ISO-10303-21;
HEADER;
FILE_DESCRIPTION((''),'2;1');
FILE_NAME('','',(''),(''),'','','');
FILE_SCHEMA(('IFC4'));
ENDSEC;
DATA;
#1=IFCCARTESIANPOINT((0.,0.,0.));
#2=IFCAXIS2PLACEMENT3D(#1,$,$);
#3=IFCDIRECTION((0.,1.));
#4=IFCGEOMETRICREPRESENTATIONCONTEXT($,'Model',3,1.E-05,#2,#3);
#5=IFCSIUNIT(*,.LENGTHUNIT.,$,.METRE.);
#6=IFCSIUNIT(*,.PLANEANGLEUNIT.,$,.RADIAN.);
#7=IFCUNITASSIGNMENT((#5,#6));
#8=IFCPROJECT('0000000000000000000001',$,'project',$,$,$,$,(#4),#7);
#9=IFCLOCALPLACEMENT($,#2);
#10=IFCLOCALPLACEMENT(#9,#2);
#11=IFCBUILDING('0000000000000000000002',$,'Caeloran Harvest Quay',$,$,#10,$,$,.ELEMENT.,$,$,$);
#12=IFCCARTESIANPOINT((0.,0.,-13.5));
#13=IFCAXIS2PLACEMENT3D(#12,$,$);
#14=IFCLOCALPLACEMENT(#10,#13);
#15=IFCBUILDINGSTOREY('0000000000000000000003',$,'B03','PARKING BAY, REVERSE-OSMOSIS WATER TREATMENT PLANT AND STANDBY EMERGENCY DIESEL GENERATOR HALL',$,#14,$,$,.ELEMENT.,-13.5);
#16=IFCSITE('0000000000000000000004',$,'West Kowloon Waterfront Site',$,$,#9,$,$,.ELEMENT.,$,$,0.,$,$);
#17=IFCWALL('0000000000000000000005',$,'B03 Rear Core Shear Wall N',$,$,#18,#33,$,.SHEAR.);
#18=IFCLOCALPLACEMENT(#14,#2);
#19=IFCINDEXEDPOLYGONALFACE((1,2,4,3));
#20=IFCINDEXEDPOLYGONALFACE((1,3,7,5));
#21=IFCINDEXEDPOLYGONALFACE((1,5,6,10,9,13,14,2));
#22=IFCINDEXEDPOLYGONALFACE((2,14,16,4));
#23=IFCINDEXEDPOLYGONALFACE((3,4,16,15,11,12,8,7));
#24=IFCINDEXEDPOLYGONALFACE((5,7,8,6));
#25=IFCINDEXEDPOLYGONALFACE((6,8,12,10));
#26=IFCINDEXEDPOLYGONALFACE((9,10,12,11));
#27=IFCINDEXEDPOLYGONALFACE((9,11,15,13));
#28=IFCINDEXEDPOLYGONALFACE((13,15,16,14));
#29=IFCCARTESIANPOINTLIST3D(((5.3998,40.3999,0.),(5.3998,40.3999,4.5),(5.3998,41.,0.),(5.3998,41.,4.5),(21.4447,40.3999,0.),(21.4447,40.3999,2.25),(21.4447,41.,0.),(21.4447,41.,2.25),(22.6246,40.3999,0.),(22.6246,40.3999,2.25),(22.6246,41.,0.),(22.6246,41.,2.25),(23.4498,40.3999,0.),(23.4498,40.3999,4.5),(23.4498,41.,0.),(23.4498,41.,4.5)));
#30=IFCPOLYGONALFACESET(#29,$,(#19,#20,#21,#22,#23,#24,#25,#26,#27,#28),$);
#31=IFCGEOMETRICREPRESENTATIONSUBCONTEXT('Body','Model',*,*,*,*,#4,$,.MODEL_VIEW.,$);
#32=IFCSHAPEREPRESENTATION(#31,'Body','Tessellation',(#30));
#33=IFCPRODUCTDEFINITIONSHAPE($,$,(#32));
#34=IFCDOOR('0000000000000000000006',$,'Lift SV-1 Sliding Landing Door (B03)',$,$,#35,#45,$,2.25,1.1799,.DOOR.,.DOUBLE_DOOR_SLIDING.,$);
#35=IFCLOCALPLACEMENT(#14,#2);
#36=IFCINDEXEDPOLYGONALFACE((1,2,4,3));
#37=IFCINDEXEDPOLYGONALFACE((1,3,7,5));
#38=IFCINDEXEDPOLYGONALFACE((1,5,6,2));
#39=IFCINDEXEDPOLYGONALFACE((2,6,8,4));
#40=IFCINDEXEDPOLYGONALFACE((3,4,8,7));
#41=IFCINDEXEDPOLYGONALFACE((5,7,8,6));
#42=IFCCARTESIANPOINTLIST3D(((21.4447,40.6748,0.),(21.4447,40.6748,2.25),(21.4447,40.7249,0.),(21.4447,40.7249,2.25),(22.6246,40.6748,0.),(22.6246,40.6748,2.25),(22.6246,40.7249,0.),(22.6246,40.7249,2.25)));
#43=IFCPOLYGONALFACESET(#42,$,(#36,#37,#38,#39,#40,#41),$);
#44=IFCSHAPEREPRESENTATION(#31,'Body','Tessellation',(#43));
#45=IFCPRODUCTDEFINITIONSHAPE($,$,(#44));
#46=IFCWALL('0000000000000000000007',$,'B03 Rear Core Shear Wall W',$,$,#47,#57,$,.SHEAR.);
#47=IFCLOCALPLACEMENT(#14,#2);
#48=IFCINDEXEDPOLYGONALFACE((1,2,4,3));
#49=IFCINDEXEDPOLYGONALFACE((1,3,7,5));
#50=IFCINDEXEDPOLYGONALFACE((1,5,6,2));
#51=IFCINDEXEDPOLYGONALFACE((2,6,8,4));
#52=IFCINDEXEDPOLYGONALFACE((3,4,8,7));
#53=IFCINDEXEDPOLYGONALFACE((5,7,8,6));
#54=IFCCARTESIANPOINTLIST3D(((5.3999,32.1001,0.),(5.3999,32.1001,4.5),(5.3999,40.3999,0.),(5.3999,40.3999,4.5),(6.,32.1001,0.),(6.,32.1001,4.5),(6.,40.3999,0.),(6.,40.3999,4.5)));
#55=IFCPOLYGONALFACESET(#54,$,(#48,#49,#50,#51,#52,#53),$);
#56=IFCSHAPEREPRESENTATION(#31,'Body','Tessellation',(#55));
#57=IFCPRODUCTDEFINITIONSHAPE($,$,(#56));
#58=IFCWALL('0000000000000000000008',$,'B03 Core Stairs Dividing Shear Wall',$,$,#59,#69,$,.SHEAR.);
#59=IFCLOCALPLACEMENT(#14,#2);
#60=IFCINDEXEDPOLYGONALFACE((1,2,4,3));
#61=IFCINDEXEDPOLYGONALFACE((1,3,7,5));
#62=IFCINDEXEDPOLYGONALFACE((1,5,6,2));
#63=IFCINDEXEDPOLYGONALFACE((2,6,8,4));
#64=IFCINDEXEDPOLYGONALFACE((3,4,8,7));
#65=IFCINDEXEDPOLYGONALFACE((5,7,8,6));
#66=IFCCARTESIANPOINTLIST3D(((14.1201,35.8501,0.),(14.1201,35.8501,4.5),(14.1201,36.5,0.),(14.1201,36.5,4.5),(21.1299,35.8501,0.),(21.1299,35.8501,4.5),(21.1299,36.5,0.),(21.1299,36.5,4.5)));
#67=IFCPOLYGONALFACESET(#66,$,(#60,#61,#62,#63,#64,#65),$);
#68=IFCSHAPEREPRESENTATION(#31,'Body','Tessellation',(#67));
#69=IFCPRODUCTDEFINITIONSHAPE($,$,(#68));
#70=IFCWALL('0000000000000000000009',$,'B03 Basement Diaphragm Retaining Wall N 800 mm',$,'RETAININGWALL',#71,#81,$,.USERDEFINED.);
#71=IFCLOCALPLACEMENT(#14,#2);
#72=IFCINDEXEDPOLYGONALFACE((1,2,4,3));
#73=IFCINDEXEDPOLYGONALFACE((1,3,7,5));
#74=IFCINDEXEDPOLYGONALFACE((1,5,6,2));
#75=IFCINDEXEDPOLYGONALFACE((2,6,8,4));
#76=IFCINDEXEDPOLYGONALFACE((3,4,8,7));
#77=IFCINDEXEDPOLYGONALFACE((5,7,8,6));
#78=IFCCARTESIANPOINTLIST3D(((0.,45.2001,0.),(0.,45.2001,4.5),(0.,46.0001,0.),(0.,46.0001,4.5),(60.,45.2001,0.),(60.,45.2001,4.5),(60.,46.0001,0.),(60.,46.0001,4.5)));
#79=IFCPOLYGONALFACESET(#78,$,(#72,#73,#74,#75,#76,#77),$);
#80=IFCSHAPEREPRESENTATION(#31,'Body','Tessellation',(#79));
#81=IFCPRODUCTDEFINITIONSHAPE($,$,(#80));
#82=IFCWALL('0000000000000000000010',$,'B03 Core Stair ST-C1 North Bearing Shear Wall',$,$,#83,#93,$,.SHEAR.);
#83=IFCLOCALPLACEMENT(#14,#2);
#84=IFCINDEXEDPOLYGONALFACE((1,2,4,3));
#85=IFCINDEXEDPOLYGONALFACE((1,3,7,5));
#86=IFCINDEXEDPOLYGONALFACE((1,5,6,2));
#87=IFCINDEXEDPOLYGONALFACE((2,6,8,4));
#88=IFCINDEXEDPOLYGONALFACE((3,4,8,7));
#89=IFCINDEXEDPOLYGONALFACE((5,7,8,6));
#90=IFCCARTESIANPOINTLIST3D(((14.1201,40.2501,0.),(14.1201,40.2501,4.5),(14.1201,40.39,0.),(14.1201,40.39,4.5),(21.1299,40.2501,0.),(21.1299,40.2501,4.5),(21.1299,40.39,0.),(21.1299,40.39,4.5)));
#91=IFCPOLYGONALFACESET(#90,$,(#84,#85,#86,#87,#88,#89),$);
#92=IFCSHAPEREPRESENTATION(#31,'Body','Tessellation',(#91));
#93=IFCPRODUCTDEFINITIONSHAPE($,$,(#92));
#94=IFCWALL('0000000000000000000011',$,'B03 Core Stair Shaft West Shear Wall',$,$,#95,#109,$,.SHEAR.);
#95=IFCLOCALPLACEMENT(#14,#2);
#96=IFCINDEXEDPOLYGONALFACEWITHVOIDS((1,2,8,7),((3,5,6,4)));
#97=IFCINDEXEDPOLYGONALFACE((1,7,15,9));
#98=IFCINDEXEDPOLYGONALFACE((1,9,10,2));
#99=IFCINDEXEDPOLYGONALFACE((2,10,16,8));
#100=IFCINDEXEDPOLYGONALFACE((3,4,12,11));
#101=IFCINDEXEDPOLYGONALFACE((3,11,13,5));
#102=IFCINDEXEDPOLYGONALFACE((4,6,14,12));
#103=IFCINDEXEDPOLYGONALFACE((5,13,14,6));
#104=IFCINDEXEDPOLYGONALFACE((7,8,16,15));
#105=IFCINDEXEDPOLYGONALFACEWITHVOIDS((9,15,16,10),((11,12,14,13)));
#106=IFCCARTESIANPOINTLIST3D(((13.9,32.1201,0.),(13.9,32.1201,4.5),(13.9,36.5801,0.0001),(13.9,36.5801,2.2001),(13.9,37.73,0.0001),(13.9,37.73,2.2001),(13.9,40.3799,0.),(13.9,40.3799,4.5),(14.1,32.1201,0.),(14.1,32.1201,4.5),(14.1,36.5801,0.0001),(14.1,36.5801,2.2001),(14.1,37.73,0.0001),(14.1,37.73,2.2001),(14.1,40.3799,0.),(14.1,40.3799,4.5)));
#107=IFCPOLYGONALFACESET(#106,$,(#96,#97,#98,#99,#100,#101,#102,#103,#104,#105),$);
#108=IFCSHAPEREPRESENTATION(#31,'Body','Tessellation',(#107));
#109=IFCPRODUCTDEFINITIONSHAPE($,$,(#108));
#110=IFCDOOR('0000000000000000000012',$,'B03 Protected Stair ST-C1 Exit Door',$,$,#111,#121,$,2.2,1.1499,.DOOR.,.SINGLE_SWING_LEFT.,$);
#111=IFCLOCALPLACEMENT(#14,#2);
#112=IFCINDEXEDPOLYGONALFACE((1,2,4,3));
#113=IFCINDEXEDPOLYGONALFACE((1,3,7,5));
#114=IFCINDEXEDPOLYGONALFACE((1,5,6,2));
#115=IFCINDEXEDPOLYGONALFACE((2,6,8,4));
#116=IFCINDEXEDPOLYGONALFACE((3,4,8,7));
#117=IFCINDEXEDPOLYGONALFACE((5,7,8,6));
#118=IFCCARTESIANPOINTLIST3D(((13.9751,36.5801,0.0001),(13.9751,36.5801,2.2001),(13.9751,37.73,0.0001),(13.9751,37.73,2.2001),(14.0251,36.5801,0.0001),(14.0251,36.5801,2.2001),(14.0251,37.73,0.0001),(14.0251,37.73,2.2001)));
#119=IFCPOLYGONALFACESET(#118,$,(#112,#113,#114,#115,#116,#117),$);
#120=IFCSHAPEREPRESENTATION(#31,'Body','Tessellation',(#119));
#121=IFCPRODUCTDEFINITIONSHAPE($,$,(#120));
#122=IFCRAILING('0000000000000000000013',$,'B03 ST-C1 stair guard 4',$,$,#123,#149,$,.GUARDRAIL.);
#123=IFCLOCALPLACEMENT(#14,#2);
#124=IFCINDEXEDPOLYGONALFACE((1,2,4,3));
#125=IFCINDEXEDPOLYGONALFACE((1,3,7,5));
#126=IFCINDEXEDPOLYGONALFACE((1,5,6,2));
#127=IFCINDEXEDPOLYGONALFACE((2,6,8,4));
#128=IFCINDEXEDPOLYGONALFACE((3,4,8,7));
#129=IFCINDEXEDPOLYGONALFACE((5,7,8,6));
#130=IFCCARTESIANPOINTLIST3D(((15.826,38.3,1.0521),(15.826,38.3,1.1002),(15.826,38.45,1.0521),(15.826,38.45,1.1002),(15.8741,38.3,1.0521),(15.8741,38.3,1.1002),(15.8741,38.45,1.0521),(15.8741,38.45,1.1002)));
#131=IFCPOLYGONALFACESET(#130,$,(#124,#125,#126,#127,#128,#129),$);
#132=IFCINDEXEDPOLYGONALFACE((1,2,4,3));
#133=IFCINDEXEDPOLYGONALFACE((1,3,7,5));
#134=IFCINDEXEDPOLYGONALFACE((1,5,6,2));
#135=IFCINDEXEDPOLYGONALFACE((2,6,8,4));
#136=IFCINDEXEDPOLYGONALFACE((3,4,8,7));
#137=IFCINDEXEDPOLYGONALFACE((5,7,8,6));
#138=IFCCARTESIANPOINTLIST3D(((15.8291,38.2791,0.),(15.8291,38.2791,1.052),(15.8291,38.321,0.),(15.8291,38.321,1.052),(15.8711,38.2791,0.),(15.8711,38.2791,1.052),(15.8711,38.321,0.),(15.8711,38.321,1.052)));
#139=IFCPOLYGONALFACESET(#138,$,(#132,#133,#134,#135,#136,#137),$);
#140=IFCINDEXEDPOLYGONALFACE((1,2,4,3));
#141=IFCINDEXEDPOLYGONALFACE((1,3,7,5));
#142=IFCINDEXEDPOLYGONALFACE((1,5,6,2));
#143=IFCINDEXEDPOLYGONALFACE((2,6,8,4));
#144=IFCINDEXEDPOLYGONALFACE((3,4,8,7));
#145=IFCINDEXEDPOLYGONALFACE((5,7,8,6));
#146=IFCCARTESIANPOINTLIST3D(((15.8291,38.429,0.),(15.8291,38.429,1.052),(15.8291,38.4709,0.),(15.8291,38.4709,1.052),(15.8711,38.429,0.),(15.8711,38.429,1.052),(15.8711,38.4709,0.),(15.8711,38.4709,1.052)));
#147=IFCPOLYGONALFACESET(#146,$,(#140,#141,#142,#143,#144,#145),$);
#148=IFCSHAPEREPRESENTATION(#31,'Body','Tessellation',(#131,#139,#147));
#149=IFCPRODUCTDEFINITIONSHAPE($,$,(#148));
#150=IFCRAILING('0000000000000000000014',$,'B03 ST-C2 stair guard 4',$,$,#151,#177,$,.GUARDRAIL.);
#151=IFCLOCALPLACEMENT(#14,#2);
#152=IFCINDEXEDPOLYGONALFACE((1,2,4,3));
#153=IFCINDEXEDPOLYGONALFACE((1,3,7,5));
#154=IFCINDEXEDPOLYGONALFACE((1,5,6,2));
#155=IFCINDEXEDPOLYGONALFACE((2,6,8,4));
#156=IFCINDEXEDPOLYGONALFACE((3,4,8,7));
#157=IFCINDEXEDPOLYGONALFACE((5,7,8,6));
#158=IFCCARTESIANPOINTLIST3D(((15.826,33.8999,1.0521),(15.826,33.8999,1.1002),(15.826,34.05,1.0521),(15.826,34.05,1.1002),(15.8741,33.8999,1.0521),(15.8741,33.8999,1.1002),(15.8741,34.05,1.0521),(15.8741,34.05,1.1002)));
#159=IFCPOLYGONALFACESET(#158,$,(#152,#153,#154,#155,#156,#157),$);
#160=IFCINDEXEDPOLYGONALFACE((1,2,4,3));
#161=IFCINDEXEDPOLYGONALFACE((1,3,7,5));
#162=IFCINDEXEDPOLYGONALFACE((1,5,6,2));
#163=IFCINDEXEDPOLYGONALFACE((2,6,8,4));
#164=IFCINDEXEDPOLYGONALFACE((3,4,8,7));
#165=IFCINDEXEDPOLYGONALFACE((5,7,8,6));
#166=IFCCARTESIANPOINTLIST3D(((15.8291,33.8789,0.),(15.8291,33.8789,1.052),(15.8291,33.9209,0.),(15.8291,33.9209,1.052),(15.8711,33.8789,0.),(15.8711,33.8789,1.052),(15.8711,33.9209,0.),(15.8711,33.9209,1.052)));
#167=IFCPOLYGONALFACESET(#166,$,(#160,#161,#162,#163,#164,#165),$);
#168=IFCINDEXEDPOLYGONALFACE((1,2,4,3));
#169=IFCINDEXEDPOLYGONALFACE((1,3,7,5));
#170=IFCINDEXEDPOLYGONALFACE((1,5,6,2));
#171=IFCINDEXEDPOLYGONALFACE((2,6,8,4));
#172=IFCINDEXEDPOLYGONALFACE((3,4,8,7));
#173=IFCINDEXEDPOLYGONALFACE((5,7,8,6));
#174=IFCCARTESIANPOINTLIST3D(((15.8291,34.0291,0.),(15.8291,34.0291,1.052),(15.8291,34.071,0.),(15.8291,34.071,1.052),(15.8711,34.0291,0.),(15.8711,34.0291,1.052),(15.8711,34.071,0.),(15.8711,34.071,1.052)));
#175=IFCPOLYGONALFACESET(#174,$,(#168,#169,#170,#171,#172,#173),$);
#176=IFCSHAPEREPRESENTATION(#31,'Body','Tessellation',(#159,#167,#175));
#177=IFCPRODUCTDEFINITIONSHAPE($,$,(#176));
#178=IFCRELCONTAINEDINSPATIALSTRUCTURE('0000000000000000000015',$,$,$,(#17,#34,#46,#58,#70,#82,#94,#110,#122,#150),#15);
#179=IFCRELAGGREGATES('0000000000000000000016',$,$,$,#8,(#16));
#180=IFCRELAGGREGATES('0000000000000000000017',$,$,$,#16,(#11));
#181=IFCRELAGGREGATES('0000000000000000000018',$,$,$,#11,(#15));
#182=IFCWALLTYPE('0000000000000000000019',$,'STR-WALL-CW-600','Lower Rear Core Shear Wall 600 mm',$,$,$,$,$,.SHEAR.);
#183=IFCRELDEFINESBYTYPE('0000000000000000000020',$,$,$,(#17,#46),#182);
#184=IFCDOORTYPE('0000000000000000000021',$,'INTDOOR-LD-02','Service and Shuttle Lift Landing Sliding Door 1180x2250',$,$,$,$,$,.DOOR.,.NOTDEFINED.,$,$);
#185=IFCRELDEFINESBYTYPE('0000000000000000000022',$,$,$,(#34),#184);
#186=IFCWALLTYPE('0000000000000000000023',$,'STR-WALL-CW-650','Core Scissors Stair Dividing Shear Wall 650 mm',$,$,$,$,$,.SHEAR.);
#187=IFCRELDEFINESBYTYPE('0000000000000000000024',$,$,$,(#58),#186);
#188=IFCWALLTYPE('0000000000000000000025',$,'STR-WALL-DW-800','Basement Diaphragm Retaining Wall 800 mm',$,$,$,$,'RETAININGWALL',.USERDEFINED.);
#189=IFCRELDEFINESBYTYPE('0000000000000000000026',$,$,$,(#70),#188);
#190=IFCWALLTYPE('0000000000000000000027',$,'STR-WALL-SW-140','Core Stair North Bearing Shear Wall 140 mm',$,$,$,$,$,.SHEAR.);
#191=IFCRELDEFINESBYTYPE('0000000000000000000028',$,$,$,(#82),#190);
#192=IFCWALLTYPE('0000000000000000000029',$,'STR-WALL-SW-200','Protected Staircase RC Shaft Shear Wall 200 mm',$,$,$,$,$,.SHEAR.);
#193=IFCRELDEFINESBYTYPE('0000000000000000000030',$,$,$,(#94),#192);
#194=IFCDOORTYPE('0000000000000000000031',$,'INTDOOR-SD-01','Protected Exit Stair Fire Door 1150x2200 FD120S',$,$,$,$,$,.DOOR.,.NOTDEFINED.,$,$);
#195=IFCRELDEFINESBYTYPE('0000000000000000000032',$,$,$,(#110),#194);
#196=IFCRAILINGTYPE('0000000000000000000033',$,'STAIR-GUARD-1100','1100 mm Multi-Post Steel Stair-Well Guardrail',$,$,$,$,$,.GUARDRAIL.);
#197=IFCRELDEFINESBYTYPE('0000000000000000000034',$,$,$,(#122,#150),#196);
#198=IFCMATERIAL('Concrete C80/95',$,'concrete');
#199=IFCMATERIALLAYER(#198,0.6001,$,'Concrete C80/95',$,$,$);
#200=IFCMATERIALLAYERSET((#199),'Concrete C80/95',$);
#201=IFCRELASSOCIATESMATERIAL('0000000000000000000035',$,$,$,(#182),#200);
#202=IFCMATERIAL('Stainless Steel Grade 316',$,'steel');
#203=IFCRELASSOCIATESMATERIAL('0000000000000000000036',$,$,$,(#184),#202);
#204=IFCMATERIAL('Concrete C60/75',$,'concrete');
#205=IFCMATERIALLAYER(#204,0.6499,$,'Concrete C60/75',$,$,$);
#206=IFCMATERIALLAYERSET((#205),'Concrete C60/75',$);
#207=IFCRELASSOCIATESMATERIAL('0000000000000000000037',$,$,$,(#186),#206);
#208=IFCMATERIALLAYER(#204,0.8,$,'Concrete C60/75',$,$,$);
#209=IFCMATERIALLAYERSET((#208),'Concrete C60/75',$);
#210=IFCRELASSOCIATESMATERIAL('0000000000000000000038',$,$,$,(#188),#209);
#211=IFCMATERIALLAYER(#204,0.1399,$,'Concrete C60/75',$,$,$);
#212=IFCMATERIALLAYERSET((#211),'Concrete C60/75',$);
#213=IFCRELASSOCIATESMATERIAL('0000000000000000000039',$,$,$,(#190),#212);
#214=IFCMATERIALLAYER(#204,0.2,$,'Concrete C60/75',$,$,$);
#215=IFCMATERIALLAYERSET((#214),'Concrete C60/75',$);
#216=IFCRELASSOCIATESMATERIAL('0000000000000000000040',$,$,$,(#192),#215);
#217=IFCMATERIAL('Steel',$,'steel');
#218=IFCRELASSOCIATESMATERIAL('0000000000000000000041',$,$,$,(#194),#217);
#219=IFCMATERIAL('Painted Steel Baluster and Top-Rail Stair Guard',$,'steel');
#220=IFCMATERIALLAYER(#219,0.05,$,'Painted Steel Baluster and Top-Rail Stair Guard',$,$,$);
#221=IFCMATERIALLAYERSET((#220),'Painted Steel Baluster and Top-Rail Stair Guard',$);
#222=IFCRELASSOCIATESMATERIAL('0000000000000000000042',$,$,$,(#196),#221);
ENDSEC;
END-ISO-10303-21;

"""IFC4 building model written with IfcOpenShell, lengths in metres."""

from ifc_helpers import new_model, si_unit, direction, frame, frame_2d, origin, origin_2d, place, context, subcontext, project, spatial, rectangle, extrude, material, layer, layer_set, type_object, element, fill, save


model = new_model("IFC4")

# Units and contexts
model_context = context("Model", 3, precision=1e-05, world=origin(), true_north=direction((0.0, 1.0)))
body_context = subcontext(model_context, "Body", "Model", "MODEL_VIEW")
ifc_project = project(units=[si_unit("LENGTHUNIT", "METRE"), si_unit("PLANEANGLEUNIT", "RADIAN")], contexts=[model_context])

# Site, building, storey
site_placement = place(None, origin())
site = spatial("IfcSite", under=ifc_project, at=site_placement, Name="West Kowloon Waterfront Site", CompositionType="ELEMENT", RefElevation=0.0)
building_placement = place(site_placement, origin())
building = spatial("IfcBuilding", under=site, at=building_placement, Name="Caeloran Harvest Quay", CompositionType="ELEMENT")
storey_placement = place(building_placement, frame((0.0, 0.0, -13.5)))
storey = spatial("IfcBuildingStorey", under=building, at=storey_placement, Name="B03", Description="PARKING BAY, REVERSE-OSMOSIS WATER TREATMENT PLANT AND STANDBY EMERGENCY DIESEL GENERATOR HALL", CompositionType="ELEMENT", Elevation=-13.5)

# Shared definitions
ifc_material_1 = material(Name="Stainless Steel Grade 316", Category="steel")

# Wall, opening, door
ifc_material_2 = material(Name="Steel", Category="steel")
ifc_material_3 = material(Name="Concrete C80/95", Category="concrete")
ifc_layer_1 = layer(ifc_material_3, 0.6001, Name="Concrete C80/95")
ifc_layer_set_1 = layer_set([ifc_layer_1], Name="Concrete C80/95")
wall_type_1 = type_object("IfcWallType", Name="STR-WALL-CW-600", Description="Lower Rear Core Shear Wall 600 mm", PredefinedType="SHEAR", material=ifc_layer_set_1)
wall_1_placement = place(storey_placement, frame((5.3999, 40.7, 0.0), z_axis=(0.0, 0.0, 1.0), x_axis=(1.0, 0.0, 0.0)))
wall_1 = element("IfcWall", 1, at=wall_1_placement, inside=storey, type_object=wall_type_1, Name="B03 Rear Core Shear Wall N", PredefinedType="SHEAR", context=body_context, shape_type="SweptSolid", body=[
    extrude(rectangle(XDim=18.05, YDim=0.6001, at=frame_2d((9.0249, 0.0))), origin(), (0.0, 0.0, 1.0), 4.5),
])
opening_1_placement = place(wall_1_placement, frame((16.0449, 0.0, 0.0)))
opening_1 = element("IfcOpeningElement", 2, at=opening_1_placement, cuts=wall_1, PredefinedType="OPENING", context=body_context, shape_type="SweptSolid", body=[
    extrude(rectangle(XDim=1.1799, YDim=2.25, at=frame_2d((0.5898, 1.125))), frame((0.0, 0.3101, 0.0), z_axis=(0.0, -1.0, 0.0), x_axis=(1.0, 0.0, 0.0)), (0.0, 0.0, 1.0), 0.6201),
])
door_type_1 = type_object("IfcDoorType", Name="INTDOOR-LD-02", Description="Service and Shuttle Lift Landing Sliding Door 1180x2250", OperationType="NOTDEFINED", PredefinedType="DOOR", material=ifc_material_1)
door_1_placement = place(opening_1_placement, origin())
door_1 = element("IfcDoor", 3, at=door_1_placement, inside=storey, type_object=door_type_1, Name="Lift SV-1 Sliding Landing Door (B03)", OperationType="DOUBLE_DOOR_SLIDING", OverallHeight=2.25, OverallWidth=1.1799, PredefinedType="DOOR", context=body_context, shape_type="SweptSolid", body=[
    extrude(rectangle(XDim=1.1799, YDim=2.25, at=frame_2d((0.5898, 1.125))), frame((0.0, 0.0249, 0.0), z_axis=(0.0, -1.0, 0.0), x_axis=(1.0, 0.0, 0.0)), (0.0, 0.0, 1.0), 0.05),
])
fill(opening_1, door_1)

# Walls
wall_2_placement = place(storey_placement, frame((5.7, 32.1001, 0.0), z_axis=(0.0, 0.0, 1.0), x_axis=(0.0, 1.0, 0.0)))
element("IfcWall", 4, at=wall_2_placement, inside=storey, type_object=wall_type_1, Name="B03 Rear Core Shear Wall W", PredefinedType="SHEAR", context=body_context, shape_type="SweptSolid", body=[
    extrude(rectangle(XDim=8.2998, YDim=0.6001, at=frame_2d((4.1499, 0.0))), origin(), (0.0, 0.0, 1.0), 4.5),
])
ifc_material_4 = material(Name="Concrete C60/75", Category="concrete")
ifc_layer_2 = layer(ifc_material_4, 0.6499, Name="Concrete C60/75")
ifc_layer_set_2 = layer_set([ifc_layer_2], Name="Concrete C60/75")
wall_type_2 = type_object("IfcWallType", Name="STR-WALL-CW-650", Description="Core Scissors Stair Dividing Shear Wall 650 mm", PredefinedType="SHEAR", material=ifc_layer_set_2)
wall_3_placement = place(storey_placement, frame((14.1201, 36.175, 0.0), z_axis=(0.0, 0.0, 1.0), x_axis=(1.0, 0.0, 0.0)))
element("IfcWall", 5, at=wall_3_placement, inside=storey, type_object=wall_type_2, Name="B03 Core Stairs Dividing Shear Wall", PredefinedType="SHEAR", context=body_context, shape_type="SweptSolid", body=[
    extrude(rectangle(XDim=7.0098, YDim=0.6499, at=frame_2d((3.5049, 0.0))), origin(), (0.0, 0.0, 1.0), 4.5),
])
ifc_layer_3 = layer(ifc_material_4, 0.8, Name="Concrete C60/75")
ifc_layer_set_3 = layer_set([ifc_layer_3], Name="Concrete C60/75")
wall_type_3 = type_object("IfcWallType", Name="STR-WALL-DW-800", Description="Basement Diaphragm Retaining Wall 800 mm", ElementType="RETAININGWALL", PredefinedType="USERDEFINED", material=ifc_layer_set_3)
wall_4_placement = place(storey_placement, frame((0.0, 45.6001, 0.0), z_axis=(0.0, 0.0, 1.0), x_axis=(1.0, 0.0, 0.0)))
element("IfcWall", 6, at=wall_4_placement, inside=storey, type_object=wall_type_3, Name="B03 Basement Diaphragm Retaining Wall N 800 mm", ObjectType="RETAININGWALL", PredefinedType="USERDEFINED", context=body_context, shape_type="SweptSolid", body=[
    extrude(rectangle(XDim=60.0, YDim=0.8, at=frame_2d((30.0, 0.0))), origin(), (0.0, 0.0, 1.0), 4.5),
])
ifc_layer_4 = layer(ifc_material_4, 0.1399, Name="Concrete C60/75")
ifc_layer_set_4 = layer_set([ifc_layer_4], Name="Concrete C60/75")
wall_type_4 = type_object("IfcWallType", Name="STR-WALL-SW-140", Description="Core Stair North Bearing Shear Wall 140 mm", PredefinedType="SHEAR", material=ifc_layer_set_4)
wall_5_placement = place(storey_placement, frame((14.1201, 40.3201, 0.0), z_axis=(0.0, 0.0, 1.0), x_axis=(1.0, 0.0, 0.0)))
element("IfcWall", 7, at=wall_5_placement, inside=storey, type_object=wall_type_4, Name="B03 Core Stair ST-C1 North Bearing Shear Wall", PredefinedType="SHEAR", context=body_context, shape_type="SweptSolid", body=[
    extrude(rectangle(XDim=7.0098, YDim=0.1399, at=frame_2d((3.5049, 0.0))), origin(), (0.0, 0.0, 1.0), 4.5),
])

# Wall, opening, door
ifc_layer_5 = layer(ifc_material_4, 0.2, Name="Concrete C60/75")
ifc_layer_set_5 = layer_set([ifc_layer_5], Name="Concrete C60/75")
wall_type_5 = type_object("IfcWallType", Name="STR-WALL-SW-200", Description="Protected Staircase RC Shaft Shear Wall 200 mm", PredefinedType="SHEAR", material=ifc_layer_set_5)
wall_6_placement = place(storey_placement, frame((14.0, 32.1201, 0.0), z_axis=(0.0, 0.0, 1.0), x_axis=(0.0, 1.0, 0.0)))
wall_6 = element("IfcWall", 8, at=wall_6_placement, inside=storey, type_object=wall_type_5, Name="B03 Core Stair Shaft West Shear Wall", PredefinedType="SHEAR", context=body_context, shape_type="SweptSolid", body=[
    extrude(rectangle(XDim=8.2598, YDim=0.2, at=frame_2d((4.1299, 0.0))), origin(), (0.0, 0.0, 1.0), 4.5),
])
opening_2_placement = place(wall_6_placement, frame((4.46, 0.0, 0.0)))
opening_2 = element("IfcOpeningElement", 9, at=opening_2_placement, cuts=wall_6, PredefinedType="OPENING", context=body_context, shape_type="SweptSolid", body=[
    extrude(rectangle(XDim=1.1499, YDim=2.2, at=frame_2d((0.575, 1.1001))), frame((0.0, 0.1099, 0.0), z_axis=(0.0, -1.0, 0.0), x_axis=(1.0, 0.0, 0.0)), (0.0, 0.0, 1.0), 0.22),
])
door_type_2 = type_object("IfcDoorType", Name="INTDOOR-SD-01", Description="Protected Exit Stair Fire Door 1150x2200 FD120S", OperationType="NOTDEFINED", PredefinedType="DOOR", material=ifc_material_2)
door_2_placement = place(opening_2_placement, origin())
door_2 = element("IfcDoor", 10, at=door_2_placement, inside=storey, type_object=door_type_2, Name="B03 Protected Stair ST-C1 Exit Door", OperationType="SINGLE_SWING_LEFT", OverallHeight=2.2, OverallWidth=1.1499, PredefinedType="DOOR", context=body_context, shape_type="SweptSolid", body=[
    extrude(rectangle(XDim=1.1499, YDim=2.2, at=frame_2d((0.575, 1.1001))), frame((0.0, 0.0249, 0.0), z_axis=(0.0, -1.0, 0.0), x_axis=(1.0, 0.0, 0.0)), (0.0, 0.0, 1.0), 0.05),
])
fill(opening_2, door_2)

# Railings
ifc_material_5 = material(Name="Painted Steel Baluster and Top-Rail Stair Guard", Category="steel")
ifc_layer_6 = layer(ifc_material_5, 0.05, Name="Painted Steel Baluster and Top-Rail Stair Guard")
ifc_layer_set_6 = layer_set([ifc_layer_6], Name="Painted Steel Baluster and Top-Rail Stair Guard")
railing_type = type_object("IfcRailingType", Name="STAIR-GUARD-1100", Description="1100 mm Multi-Post Steel Stair-Well Guardrail", PredefinedType="GUARDRAIL", material=ifc_layer_set_6)
railing_1_placement = place(storey_placement, frame((15.8501, 38.3, 0.0)))
element("IfcRailing", 11, at=railing_1_placement, inside=storey, type_object=railing_type, Name="B03 ST-C1 stair guard 4", PredefinedType="GUARDRAIL", context=body_context, shape_type="SweptSolid", body=[
    extrude(rectangle(XDim=0.0481, YDim=0.0481, at=origin_2d()), frame((0.0, 0.0, 1.0762), z_axis=(0.0, 1.0, 0.0), x_axis=(-1.0, 0.0, 0.0)), (0.0, 0.0, 1.0), 0.1499),
    extrude(rectangle(XDim=0.042, YDim=0.042, at=origin_2d()), origin(), (0.0, 0.0, 1.0), 1.052),
    extrude(rectangle(XDim=0.042, YDim=0.042, at=origin_2d()), frame((0.0, 0.1499, 0.0)), (0.0, 0.0, 1.0), 1.052),
])
railing_2_placement = place(storey_placement, frame((15.8501, 33.8999, 0.0)))
element("IfcRailing", 12, at=railing_2_placement, inside=storey, type_object=railing_type, Name="B03 ST-C2 stair guard 4", PredefinedType="GUARDRAIL", context=body_context, shape_type="SweptSolid", body=[
    extrude(rectangle(XDim=0.0481, YDim=0.0481, at=origin_2d()), frame((0.0, 0.0, 1.0762), z_axis=(0.0, 1.0, 0.0), x_axis=(-1.0, 0.0, 0.0)), (0.0, 0.0, 1.0), 0.1501),
    extrude(rectangle(XDim=0.042, YDim=0.042, at=origin_2d()), origin(), (0.0, 0.0, 1.0), 1.052),
    extrude(rectangle(XDim=0.042, YDim=0.042, at=origin_2d()), frame((0.0, 0.1501, 0.0)), (0.0, 0.0, 1.0), 1.052),
])

save(model, "model.ifc")
